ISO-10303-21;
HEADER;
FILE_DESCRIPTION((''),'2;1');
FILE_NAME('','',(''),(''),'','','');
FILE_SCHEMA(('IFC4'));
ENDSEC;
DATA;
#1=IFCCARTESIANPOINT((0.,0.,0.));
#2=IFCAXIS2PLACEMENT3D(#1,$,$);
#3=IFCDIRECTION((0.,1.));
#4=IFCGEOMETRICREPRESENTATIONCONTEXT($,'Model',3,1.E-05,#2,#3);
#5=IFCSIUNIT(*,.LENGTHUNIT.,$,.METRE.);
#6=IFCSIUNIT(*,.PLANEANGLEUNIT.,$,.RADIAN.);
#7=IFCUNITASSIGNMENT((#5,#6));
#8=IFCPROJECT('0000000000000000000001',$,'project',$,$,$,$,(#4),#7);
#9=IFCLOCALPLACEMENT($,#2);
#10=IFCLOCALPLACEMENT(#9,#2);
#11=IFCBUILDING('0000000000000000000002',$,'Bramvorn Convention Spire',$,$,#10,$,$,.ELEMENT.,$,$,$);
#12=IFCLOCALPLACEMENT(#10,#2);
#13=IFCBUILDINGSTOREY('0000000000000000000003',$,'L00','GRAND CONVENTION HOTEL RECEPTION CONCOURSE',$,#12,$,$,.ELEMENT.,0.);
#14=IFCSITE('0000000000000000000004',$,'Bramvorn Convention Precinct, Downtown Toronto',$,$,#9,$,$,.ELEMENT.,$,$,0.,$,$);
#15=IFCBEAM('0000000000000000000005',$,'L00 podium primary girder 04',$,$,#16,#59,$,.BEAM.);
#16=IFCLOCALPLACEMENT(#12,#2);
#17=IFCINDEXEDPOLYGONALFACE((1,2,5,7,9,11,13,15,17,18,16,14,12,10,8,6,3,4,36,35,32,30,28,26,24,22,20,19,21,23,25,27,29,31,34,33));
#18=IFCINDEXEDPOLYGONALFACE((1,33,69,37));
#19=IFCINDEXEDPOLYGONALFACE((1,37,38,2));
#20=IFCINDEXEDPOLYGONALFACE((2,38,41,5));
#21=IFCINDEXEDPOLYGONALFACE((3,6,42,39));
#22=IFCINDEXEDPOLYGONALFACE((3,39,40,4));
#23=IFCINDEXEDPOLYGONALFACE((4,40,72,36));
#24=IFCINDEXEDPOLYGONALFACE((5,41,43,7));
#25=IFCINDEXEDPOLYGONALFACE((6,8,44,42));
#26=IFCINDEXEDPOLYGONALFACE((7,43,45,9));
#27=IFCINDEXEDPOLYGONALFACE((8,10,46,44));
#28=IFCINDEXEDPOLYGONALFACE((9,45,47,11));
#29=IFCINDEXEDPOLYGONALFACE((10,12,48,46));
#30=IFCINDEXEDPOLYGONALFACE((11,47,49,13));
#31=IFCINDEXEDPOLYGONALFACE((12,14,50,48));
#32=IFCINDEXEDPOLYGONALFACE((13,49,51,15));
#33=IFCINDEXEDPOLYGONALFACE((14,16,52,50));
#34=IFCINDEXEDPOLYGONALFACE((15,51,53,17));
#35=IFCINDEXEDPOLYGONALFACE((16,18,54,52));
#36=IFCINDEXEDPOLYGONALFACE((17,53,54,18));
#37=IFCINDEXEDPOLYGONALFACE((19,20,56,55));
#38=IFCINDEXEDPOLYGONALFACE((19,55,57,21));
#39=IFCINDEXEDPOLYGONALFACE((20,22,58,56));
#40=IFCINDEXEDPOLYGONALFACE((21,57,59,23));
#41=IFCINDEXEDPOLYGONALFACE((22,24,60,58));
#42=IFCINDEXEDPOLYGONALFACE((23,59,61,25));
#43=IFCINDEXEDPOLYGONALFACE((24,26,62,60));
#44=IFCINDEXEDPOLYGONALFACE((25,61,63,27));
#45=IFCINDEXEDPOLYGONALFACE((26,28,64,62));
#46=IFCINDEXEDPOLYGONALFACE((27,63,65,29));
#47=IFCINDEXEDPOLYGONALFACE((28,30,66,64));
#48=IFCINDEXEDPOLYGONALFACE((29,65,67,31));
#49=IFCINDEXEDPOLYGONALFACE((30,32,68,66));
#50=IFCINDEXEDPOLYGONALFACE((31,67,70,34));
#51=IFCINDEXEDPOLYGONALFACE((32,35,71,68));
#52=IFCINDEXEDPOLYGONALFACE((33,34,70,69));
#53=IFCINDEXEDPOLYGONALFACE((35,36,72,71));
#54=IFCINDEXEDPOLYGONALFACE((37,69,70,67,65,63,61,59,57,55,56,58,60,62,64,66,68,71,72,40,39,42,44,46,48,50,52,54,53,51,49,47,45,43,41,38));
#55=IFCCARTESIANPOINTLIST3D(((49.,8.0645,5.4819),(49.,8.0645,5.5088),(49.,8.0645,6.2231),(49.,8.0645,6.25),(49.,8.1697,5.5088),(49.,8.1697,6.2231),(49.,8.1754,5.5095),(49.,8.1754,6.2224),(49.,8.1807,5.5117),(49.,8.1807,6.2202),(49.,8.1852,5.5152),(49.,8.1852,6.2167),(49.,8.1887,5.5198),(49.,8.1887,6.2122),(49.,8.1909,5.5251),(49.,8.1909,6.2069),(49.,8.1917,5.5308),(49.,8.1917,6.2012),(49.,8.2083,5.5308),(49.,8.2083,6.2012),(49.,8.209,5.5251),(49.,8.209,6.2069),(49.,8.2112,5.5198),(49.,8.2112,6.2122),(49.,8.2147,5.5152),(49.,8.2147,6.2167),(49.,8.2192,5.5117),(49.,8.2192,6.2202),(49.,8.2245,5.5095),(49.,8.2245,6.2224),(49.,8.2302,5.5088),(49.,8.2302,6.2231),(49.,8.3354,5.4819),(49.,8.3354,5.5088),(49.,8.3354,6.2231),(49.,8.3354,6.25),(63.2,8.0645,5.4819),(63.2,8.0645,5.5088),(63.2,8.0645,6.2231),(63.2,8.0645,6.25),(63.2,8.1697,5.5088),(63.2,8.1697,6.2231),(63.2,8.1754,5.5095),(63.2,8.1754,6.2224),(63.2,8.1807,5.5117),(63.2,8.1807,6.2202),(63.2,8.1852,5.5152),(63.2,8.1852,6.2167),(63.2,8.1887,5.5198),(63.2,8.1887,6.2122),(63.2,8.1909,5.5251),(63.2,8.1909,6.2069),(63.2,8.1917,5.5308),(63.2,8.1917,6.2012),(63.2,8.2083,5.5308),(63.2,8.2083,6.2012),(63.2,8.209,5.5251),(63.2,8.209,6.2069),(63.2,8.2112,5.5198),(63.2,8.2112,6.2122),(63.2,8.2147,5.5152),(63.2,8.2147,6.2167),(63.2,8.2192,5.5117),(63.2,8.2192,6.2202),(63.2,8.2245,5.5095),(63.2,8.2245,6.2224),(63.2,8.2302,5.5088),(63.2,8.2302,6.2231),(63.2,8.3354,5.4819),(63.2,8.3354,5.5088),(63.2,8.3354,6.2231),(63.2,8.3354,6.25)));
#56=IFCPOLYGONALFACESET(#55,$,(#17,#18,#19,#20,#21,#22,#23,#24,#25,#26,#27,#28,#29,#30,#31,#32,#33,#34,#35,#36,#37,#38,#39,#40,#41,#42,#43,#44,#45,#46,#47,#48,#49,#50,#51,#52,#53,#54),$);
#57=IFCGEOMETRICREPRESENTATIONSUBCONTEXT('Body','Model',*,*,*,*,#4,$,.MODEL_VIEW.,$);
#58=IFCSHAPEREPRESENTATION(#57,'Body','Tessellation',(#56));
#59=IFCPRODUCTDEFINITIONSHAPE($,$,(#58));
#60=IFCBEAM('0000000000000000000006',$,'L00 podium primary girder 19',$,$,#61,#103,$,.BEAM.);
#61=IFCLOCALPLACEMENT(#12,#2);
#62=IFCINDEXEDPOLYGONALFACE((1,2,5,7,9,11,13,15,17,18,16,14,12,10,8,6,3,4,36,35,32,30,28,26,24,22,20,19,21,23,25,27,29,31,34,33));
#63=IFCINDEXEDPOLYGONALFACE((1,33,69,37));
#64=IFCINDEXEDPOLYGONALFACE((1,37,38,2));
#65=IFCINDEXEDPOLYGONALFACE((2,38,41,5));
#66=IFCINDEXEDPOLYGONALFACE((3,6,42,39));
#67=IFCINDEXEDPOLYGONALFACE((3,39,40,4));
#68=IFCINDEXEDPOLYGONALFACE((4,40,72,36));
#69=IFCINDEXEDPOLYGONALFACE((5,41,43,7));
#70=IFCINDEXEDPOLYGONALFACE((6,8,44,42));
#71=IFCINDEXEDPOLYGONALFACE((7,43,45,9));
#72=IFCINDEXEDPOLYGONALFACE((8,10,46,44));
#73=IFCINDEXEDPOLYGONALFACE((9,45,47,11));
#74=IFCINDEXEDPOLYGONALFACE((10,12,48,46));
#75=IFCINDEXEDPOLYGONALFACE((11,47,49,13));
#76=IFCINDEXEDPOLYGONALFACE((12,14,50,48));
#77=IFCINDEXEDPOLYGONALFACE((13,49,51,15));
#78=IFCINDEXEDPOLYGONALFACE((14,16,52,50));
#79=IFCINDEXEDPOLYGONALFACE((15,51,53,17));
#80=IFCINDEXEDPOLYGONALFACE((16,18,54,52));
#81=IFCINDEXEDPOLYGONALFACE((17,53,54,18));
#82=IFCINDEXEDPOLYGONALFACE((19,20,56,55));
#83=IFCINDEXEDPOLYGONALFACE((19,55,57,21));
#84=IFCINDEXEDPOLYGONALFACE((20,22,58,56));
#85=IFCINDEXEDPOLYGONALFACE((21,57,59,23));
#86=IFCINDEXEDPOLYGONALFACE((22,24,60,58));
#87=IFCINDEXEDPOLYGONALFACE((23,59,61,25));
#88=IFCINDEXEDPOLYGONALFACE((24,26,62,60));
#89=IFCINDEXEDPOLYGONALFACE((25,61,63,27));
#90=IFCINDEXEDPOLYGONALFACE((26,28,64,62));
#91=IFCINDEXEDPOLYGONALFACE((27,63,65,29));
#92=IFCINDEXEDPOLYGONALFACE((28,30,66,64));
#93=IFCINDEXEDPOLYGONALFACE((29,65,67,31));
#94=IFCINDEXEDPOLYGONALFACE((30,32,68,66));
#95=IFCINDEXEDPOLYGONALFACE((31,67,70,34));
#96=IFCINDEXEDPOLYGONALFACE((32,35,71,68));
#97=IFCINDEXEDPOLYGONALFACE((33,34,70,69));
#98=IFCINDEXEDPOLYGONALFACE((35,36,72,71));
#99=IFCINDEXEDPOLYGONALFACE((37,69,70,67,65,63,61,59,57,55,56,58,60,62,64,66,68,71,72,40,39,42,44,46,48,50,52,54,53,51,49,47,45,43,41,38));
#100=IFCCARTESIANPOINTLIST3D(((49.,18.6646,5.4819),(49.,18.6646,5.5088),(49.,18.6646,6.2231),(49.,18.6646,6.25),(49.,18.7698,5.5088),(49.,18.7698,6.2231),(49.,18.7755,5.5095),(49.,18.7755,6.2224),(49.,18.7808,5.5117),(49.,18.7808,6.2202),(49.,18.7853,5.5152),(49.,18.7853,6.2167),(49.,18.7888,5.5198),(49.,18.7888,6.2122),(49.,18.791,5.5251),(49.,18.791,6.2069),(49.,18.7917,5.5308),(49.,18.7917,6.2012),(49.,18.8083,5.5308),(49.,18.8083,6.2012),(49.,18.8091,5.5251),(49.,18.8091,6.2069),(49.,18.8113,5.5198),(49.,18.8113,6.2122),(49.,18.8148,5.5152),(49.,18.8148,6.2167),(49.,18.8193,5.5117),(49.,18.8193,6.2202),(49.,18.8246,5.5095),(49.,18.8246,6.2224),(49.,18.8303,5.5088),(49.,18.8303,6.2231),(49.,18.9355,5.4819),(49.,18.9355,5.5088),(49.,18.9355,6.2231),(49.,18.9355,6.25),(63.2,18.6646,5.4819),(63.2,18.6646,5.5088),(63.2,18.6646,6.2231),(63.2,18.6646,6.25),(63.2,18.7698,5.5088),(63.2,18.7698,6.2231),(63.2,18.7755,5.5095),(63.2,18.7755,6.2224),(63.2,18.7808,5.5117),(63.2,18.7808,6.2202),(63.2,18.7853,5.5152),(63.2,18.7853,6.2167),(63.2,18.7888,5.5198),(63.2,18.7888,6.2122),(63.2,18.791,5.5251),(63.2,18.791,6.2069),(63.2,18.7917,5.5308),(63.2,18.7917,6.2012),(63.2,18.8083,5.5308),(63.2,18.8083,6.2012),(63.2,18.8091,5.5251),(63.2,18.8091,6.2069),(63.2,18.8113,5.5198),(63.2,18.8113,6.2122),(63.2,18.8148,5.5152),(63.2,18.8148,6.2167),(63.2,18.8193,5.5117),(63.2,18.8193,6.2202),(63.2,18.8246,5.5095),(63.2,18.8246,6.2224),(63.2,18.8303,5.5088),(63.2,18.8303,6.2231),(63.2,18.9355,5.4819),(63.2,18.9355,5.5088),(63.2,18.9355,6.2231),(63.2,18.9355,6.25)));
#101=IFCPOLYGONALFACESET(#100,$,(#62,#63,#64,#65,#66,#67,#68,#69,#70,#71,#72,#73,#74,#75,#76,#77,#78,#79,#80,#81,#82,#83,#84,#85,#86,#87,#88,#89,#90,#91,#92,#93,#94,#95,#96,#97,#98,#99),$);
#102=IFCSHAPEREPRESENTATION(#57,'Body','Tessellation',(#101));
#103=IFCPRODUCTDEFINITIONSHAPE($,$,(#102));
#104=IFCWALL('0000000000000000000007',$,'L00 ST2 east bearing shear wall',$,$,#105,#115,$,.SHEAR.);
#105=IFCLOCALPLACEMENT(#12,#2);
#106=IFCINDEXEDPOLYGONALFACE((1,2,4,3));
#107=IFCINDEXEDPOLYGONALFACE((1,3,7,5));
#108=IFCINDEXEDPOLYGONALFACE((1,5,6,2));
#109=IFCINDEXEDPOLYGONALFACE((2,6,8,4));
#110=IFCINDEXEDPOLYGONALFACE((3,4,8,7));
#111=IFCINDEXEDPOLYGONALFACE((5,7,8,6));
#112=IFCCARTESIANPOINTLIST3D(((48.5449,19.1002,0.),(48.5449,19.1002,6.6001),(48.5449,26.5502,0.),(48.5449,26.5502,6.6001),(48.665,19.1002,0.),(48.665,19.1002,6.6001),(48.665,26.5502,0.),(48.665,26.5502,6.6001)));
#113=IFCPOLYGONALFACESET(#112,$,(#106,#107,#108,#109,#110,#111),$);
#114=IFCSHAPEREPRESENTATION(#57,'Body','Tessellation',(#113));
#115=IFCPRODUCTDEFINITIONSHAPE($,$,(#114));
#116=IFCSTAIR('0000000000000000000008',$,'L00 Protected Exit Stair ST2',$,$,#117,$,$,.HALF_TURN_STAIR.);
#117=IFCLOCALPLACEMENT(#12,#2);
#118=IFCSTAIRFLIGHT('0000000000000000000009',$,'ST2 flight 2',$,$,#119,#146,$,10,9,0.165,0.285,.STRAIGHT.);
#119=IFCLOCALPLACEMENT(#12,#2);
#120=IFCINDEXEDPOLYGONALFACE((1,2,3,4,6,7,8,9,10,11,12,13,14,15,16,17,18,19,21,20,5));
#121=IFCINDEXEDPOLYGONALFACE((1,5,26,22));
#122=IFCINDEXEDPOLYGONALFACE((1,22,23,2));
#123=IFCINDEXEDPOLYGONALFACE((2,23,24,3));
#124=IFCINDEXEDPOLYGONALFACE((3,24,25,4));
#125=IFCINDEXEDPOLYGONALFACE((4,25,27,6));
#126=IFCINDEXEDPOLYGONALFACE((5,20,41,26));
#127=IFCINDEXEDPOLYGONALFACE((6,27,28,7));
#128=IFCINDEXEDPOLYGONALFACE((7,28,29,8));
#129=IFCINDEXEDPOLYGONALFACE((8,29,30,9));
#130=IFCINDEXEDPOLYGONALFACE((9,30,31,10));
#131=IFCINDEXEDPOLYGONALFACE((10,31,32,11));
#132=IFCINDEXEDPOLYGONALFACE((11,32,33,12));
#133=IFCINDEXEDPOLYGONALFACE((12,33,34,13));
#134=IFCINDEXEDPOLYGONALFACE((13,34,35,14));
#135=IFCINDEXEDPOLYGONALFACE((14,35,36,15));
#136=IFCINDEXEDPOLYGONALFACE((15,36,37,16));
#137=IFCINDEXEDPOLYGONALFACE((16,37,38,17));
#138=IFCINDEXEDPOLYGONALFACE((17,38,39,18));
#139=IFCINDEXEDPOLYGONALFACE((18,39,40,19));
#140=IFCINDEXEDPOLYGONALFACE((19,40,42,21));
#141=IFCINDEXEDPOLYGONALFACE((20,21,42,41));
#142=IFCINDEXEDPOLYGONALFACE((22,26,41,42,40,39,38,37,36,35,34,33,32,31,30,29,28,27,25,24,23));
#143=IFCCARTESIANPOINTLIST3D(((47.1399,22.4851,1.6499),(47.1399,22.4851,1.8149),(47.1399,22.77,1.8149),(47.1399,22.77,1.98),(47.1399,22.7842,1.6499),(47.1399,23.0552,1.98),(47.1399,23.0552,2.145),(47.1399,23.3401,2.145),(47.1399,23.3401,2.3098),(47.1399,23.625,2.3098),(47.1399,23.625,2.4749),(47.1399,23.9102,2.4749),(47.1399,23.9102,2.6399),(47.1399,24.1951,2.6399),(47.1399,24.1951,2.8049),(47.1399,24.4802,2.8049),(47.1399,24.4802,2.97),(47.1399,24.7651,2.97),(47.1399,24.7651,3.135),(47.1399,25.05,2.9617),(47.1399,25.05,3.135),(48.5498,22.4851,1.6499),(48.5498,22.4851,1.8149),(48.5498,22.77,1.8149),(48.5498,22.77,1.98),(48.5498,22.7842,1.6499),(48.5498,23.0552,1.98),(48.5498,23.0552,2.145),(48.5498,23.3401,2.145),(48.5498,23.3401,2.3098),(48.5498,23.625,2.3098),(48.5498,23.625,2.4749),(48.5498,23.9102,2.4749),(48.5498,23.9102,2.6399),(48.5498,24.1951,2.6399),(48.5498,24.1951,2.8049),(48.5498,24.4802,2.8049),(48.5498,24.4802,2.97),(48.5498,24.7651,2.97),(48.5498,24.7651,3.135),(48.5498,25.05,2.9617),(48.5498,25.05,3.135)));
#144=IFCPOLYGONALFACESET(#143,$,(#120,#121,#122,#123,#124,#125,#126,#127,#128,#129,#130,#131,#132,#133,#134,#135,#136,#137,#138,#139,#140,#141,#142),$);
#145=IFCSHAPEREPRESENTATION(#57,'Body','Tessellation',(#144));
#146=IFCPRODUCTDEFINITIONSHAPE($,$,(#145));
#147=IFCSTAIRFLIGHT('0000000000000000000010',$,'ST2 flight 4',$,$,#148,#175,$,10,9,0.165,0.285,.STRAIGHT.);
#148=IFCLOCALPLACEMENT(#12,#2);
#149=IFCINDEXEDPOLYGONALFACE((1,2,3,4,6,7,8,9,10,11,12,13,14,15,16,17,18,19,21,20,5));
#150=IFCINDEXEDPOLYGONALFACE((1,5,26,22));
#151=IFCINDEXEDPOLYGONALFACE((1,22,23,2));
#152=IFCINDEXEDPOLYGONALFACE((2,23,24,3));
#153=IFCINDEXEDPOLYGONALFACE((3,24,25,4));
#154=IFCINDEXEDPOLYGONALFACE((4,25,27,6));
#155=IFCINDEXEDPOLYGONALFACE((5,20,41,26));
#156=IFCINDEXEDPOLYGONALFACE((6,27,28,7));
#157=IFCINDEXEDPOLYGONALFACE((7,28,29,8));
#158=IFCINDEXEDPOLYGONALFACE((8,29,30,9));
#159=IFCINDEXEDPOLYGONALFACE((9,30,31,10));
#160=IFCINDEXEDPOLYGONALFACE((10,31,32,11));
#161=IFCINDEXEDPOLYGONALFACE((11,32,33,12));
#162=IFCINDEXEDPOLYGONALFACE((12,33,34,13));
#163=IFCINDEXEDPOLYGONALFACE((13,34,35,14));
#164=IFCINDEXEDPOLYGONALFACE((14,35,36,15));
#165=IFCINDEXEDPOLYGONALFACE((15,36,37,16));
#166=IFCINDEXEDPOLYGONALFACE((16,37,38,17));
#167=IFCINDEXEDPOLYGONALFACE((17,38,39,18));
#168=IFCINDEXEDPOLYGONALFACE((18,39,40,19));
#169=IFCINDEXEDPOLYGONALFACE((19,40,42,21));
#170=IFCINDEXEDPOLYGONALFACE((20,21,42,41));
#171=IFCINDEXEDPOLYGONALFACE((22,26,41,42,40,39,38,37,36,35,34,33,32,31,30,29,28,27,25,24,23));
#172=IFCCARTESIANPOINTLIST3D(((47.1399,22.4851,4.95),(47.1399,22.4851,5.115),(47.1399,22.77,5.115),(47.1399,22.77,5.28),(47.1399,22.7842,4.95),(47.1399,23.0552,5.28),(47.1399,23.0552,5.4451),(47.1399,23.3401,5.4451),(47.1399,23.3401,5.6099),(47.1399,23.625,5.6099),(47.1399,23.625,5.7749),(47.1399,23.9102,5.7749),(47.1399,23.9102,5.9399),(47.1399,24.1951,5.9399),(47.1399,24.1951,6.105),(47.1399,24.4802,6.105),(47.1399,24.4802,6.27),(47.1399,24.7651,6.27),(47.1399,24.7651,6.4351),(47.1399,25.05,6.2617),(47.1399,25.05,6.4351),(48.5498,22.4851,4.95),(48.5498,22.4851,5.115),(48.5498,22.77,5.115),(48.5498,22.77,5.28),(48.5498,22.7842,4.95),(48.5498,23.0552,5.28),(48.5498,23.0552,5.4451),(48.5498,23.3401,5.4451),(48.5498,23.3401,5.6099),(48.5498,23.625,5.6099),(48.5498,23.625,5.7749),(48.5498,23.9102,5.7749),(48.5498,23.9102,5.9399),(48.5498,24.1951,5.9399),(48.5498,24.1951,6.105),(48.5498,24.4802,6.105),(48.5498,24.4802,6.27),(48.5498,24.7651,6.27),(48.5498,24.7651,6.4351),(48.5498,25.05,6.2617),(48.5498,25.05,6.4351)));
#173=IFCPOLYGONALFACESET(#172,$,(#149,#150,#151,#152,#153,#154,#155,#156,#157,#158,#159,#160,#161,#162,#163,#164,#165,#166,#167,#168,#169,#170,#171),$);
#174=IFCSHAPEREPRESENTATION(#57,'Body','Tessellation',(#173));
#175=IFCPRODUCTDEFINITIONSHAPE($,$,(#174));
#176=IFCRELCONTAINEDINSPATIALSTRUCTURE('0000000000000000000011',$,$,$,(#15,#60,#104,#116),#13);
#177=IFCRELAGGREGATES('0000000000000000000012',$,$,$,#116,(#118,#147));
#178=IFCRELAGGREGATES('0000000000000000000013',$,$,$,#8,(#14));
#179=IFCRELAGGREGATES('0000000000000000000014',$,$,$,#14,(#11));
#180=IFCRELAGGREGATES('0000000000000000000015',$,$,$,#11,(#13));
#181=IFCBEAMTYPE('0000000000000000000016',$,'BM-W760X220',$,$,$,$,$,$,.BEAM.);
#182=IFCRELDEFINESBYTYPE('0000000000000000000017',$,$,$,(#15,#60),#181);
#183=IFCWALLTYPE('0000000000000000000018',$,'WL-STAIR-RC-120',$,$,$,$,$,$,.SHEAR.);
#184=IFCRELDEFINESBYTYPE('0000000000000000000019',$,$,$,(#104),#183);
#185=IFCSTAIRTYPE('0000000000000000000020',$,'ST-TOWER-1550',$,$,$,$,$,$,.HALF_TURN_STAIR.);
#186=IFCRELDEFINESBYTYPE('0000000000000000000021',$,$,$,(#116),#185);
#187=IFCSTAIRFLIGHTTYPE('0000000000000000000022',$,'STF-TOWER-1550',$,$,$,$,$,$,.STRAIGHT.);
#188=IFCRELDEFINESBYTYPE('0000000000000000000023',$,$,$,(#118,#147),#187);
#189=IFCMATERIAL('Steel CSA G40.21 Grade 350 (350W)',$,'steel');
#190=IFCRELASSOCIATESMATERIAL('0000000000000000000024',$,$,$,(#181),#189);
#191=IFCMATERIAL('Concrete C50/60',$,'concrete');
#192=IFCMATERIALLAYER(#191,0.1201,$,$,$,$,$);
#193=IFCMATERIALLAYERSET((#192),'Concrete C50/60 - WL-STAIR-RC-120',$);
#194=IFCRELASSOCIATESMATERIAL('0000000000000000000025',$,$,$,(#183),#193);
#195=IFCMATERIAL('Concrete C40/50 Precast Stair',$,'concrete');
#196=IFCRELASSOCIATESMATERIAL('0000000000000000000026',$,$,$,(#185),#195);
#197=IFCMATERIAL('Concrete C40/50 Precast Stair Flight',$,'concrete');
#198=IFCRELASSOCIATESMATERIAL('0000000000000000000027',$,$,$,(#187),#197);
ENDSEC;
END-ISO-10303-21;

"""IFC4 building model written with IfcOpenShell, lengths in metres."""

from ifc_helpers import new_model, si_unit, direction, frame, frame_2d, origin, origin_2d, place, context, subcontext, project, spatial, polyline, rectangle, i_section, outline, extrude, material, layer, layer_set, material_profile, profile_set, type_object, element, aggregate, save


model = new_model("IFC4")

# Units and contexts
model_context = context("Model", 3, precision=1e-05, world=origin(), true_north=direction((0.0, 1.0)))
body_context = subcontext(model_context, "Body", "Model", "MODEL_VIEW")
ifc_project = project(units=[si_unit("LENGTHUNIT", "METRE"), si_unit("PLANEANGLEUNIT", "RADIAN")], contexts=[model_context])

# Site, building, storey
site_placement = place(None, origin())
site = spatial("IfcSite", under=ifc_project, at=site_placement, Name="Bramvorn Convention Precinct, Downtown Toronto", CompositionType="ELEMENT", RefElevation=0.0)
building_placement = place(site_placement, origin())
building = spatial("IfcBuilding", under=site, at=building_placement, Name="Bramvorn Convention Spire", CompositionType="ELEMENT")
storey_placement = place(building_placement, origin())
storey = spatial("IfcBuildingStorey", under=building, at=storey_placement, Name="L00", Description="GRAND CONVENTION HOTEL RECEPTION CONCOURSE", CompositionType="ELEMENT", Elevation=0.0)

# Shared definitions
ifc_material_1 = material(Name="Steel CSA G40.21 Grade 350 (350W)", Category="steel")

# Beams
ifc_material_profile_1 = material_profile(ifc_material_1, i_section(OverallWidth=0.271, OverallDepth=0.7681, WebThickness=0.0166, FlangeThickness=0.0269, FilletRadius=0.022, at=origin_2d()))
ifc_profile_set_1 = profile_set([ifc_material_profile_1], Name="Steel CSA G40.21 Grade 350 (350W) - W760X220")
beam_type_1 = type_object("IfcBeamType", Name="BM-W760X220", PredefinedType="BEAM", material=ifc_profile_set_1)
for number, where, z_axis, x_axis, name in (
    (1, (49.0, 8.2, 5.866), (1.0, 0.0, 0.0), (0.0, 1.0, 0.0), "L00 podium primary girder 04"),
    (2, (49.0, 18.8, 5.866), (1.0, 0.0, 0.0), (0.0, 1.0, 0.0), "L00 podium primary girder 19"),
):
    element("IfcBeam", number, at=place(storey_placement, frame(where, z_axis=z_axis, x_axis=x_axis)), inside=storey, type_object=beam_type_1, Name=name, PredefinedType="BEAM", context=body_context, shape_type="SweptSolid", body=[
        extrude(i_section(OverallWidth=0.271, OverallDepth=0.7681, WebThickness=0.0166, FlangeThickness=0.0269, FilletRadius=0.022, at=origin_2d()), origin(), (0.0, 0.0, 1.0), 14.2),
    ])

# Wall
ifc_material_2 = material(Name="Concrete C50/60", Category="concrete")
ifc_layer = layer(ifc_material_2, 0.1201)
ifc_layer_set = layer_set([ifc_layer], Name="Concrete C50/60 - WL-STAIR-RC-120")
wall_type = type_object("IfcWallType", Name="WL-STAIR-RC-120", PredefinedType="SHEAR", material=ifc_layer_set)
wall_placement = place(storey_placement, frame((48.605, 19.1001, 0.0), z_axis=(0.0, 0.0, 1.0), x_axis=(0.0, 1.0, 0.0)))
element("IfcWall", 3, at=wall_placement, inside=storey, type_object=wall_type, Name="L00 ST2 east bearing shear wall", PredefinedType="SHEAR", context=body_context, shape_type="SweptSolid", body=[
    extrude(rectangle(XDim=7.45, YDim=0.1201, at=frame_2d((3.7251, 0.0))), origin(), (0.0, 0.0, 1.0), 6.6001),
])

# Stair, stair flights
ifc_material_3 = material(Name="Concrete C40/50 Precast Stair", Category="concrete")
stair_type = type_object("IfcStairType", Name="ST-TOWER-1550", PredefinedType="HALF_TURN_STAIR", material=ifc_material_3)
stair_placement = place(storey_placement, origin())
stair = element("IfcStair", 4, at=stair_placement, inside=storey, type_object=stair_type, Name="L00 Protected Exit Stair ST2", PredefinedType="HALF_TURN_STAIR")
ifc_material_4 = material(Name="Concrete C40/50 Precast Stair Flight", Category="concrete")
stair_flight_type = type_object("IfcStairFlightType", Name="STF-TOWER-1550", PredefinedType="STRAIGHT", material=ifc_material_4)
stair_flight_1_placement = place(storey_placement, frame((47.845, 22.4851, 1.6499), z_axis=(0.0, 0.0, 1.0), x_axis=(0.0, 1.0, 0.0)))
stair_flight_1 = element("IfcStairFlight", 5, at=stair_flight_1_placement, type_object=stair_flight_type, Name="ST2 flight 2", NumberOfRisers=10, NumberOfTreads=9, PredefinedType="STRAIGHT", RiserHeight=0.165, TreadLength=0.285, context=body_context, shape_type="SweptSolid", body=[
    extrude(outline(polyline([(0.0, 0.0), (0.0, 0.165), (0.2849, 0.165), (0.2849, 0.3301), (0.5701, 0.3301), (0.5701, 0.4951), (0.855, 0.4951), (0.855, 0.6599), (1.1399, 0.6599), (1.1399, 0.825), (1.425, 0.825), (1.425, 0.99), (1.71, 0.99), (1.71, 1.155), (1.9951, 1.155), (1.9951, 1.3201), (2.28, 1.3201), (2.28, 1.4851), (2.5649, 1.4851), (2.5649, 1.6499), (2.5649, 1.3118), (0.2991, 0.0), (0.0, 0.0)])), frame((0.0, 0.7051, 0.0), z_axis=(0.0, -1.0, 0.0), x_axis=(1.0, 0.0, 0.0)), (0.0, 0.0, 1.0), 1.4099),
])
stair_flight_2_placement = place(storey_placement, frame((47.845, 22.4851, 4.95), z_axis=(0.0, 0.0, 1.0), x_axis=(0.0, 1.0, 0.0)))
stair_flight_2 = element("IfcStairFlight", 6, at=stair_flight_2_placement, type_object=stair_flight_type, Name="ST2 flight 4", NumberOfRisers=10, NumberOfTreads=9, PredefinedType="STRAIGHT", RiserHeight=0.165, TreadLength=0.285, context=body_context, shape_type="SweptSolid", body=[
    extrude(outline(polyline([(0.0, 0.0), (0.0, 0.165), (0.2849, 0.165), (0.2849, 0.3301), (0.5701, 0.3301), (0.5701, 0.4951), (0.855, 0.4951), (0.855, 0.6599), (1.1399, 0.6599), (1.1399, 0.825), (1.425, 0.825), (1.425, 0.99), (1.71, 0.99), (1.71, 1.155), (1.9951, 1.155), (1.9951, 1.3201), (2.28, 1.3201), (2.28, 1.4851), (2.5649, 1.4851), (2.5649, 1.6499), (2.5649, 1.3118), (0.2991, 0.0), (0.0, 0.0)])), frame((0.0, 0.7051, 0.0), z_axis=(0.0, -1.0, 0.0), x_axis=(1.0, 0.0, 0.0)), (0.0, 0.0, 1.0), 1.4099),
])
aggregate(stair, [stair_flight_1, stair_flight_2])

save(model, "model.ifc")
